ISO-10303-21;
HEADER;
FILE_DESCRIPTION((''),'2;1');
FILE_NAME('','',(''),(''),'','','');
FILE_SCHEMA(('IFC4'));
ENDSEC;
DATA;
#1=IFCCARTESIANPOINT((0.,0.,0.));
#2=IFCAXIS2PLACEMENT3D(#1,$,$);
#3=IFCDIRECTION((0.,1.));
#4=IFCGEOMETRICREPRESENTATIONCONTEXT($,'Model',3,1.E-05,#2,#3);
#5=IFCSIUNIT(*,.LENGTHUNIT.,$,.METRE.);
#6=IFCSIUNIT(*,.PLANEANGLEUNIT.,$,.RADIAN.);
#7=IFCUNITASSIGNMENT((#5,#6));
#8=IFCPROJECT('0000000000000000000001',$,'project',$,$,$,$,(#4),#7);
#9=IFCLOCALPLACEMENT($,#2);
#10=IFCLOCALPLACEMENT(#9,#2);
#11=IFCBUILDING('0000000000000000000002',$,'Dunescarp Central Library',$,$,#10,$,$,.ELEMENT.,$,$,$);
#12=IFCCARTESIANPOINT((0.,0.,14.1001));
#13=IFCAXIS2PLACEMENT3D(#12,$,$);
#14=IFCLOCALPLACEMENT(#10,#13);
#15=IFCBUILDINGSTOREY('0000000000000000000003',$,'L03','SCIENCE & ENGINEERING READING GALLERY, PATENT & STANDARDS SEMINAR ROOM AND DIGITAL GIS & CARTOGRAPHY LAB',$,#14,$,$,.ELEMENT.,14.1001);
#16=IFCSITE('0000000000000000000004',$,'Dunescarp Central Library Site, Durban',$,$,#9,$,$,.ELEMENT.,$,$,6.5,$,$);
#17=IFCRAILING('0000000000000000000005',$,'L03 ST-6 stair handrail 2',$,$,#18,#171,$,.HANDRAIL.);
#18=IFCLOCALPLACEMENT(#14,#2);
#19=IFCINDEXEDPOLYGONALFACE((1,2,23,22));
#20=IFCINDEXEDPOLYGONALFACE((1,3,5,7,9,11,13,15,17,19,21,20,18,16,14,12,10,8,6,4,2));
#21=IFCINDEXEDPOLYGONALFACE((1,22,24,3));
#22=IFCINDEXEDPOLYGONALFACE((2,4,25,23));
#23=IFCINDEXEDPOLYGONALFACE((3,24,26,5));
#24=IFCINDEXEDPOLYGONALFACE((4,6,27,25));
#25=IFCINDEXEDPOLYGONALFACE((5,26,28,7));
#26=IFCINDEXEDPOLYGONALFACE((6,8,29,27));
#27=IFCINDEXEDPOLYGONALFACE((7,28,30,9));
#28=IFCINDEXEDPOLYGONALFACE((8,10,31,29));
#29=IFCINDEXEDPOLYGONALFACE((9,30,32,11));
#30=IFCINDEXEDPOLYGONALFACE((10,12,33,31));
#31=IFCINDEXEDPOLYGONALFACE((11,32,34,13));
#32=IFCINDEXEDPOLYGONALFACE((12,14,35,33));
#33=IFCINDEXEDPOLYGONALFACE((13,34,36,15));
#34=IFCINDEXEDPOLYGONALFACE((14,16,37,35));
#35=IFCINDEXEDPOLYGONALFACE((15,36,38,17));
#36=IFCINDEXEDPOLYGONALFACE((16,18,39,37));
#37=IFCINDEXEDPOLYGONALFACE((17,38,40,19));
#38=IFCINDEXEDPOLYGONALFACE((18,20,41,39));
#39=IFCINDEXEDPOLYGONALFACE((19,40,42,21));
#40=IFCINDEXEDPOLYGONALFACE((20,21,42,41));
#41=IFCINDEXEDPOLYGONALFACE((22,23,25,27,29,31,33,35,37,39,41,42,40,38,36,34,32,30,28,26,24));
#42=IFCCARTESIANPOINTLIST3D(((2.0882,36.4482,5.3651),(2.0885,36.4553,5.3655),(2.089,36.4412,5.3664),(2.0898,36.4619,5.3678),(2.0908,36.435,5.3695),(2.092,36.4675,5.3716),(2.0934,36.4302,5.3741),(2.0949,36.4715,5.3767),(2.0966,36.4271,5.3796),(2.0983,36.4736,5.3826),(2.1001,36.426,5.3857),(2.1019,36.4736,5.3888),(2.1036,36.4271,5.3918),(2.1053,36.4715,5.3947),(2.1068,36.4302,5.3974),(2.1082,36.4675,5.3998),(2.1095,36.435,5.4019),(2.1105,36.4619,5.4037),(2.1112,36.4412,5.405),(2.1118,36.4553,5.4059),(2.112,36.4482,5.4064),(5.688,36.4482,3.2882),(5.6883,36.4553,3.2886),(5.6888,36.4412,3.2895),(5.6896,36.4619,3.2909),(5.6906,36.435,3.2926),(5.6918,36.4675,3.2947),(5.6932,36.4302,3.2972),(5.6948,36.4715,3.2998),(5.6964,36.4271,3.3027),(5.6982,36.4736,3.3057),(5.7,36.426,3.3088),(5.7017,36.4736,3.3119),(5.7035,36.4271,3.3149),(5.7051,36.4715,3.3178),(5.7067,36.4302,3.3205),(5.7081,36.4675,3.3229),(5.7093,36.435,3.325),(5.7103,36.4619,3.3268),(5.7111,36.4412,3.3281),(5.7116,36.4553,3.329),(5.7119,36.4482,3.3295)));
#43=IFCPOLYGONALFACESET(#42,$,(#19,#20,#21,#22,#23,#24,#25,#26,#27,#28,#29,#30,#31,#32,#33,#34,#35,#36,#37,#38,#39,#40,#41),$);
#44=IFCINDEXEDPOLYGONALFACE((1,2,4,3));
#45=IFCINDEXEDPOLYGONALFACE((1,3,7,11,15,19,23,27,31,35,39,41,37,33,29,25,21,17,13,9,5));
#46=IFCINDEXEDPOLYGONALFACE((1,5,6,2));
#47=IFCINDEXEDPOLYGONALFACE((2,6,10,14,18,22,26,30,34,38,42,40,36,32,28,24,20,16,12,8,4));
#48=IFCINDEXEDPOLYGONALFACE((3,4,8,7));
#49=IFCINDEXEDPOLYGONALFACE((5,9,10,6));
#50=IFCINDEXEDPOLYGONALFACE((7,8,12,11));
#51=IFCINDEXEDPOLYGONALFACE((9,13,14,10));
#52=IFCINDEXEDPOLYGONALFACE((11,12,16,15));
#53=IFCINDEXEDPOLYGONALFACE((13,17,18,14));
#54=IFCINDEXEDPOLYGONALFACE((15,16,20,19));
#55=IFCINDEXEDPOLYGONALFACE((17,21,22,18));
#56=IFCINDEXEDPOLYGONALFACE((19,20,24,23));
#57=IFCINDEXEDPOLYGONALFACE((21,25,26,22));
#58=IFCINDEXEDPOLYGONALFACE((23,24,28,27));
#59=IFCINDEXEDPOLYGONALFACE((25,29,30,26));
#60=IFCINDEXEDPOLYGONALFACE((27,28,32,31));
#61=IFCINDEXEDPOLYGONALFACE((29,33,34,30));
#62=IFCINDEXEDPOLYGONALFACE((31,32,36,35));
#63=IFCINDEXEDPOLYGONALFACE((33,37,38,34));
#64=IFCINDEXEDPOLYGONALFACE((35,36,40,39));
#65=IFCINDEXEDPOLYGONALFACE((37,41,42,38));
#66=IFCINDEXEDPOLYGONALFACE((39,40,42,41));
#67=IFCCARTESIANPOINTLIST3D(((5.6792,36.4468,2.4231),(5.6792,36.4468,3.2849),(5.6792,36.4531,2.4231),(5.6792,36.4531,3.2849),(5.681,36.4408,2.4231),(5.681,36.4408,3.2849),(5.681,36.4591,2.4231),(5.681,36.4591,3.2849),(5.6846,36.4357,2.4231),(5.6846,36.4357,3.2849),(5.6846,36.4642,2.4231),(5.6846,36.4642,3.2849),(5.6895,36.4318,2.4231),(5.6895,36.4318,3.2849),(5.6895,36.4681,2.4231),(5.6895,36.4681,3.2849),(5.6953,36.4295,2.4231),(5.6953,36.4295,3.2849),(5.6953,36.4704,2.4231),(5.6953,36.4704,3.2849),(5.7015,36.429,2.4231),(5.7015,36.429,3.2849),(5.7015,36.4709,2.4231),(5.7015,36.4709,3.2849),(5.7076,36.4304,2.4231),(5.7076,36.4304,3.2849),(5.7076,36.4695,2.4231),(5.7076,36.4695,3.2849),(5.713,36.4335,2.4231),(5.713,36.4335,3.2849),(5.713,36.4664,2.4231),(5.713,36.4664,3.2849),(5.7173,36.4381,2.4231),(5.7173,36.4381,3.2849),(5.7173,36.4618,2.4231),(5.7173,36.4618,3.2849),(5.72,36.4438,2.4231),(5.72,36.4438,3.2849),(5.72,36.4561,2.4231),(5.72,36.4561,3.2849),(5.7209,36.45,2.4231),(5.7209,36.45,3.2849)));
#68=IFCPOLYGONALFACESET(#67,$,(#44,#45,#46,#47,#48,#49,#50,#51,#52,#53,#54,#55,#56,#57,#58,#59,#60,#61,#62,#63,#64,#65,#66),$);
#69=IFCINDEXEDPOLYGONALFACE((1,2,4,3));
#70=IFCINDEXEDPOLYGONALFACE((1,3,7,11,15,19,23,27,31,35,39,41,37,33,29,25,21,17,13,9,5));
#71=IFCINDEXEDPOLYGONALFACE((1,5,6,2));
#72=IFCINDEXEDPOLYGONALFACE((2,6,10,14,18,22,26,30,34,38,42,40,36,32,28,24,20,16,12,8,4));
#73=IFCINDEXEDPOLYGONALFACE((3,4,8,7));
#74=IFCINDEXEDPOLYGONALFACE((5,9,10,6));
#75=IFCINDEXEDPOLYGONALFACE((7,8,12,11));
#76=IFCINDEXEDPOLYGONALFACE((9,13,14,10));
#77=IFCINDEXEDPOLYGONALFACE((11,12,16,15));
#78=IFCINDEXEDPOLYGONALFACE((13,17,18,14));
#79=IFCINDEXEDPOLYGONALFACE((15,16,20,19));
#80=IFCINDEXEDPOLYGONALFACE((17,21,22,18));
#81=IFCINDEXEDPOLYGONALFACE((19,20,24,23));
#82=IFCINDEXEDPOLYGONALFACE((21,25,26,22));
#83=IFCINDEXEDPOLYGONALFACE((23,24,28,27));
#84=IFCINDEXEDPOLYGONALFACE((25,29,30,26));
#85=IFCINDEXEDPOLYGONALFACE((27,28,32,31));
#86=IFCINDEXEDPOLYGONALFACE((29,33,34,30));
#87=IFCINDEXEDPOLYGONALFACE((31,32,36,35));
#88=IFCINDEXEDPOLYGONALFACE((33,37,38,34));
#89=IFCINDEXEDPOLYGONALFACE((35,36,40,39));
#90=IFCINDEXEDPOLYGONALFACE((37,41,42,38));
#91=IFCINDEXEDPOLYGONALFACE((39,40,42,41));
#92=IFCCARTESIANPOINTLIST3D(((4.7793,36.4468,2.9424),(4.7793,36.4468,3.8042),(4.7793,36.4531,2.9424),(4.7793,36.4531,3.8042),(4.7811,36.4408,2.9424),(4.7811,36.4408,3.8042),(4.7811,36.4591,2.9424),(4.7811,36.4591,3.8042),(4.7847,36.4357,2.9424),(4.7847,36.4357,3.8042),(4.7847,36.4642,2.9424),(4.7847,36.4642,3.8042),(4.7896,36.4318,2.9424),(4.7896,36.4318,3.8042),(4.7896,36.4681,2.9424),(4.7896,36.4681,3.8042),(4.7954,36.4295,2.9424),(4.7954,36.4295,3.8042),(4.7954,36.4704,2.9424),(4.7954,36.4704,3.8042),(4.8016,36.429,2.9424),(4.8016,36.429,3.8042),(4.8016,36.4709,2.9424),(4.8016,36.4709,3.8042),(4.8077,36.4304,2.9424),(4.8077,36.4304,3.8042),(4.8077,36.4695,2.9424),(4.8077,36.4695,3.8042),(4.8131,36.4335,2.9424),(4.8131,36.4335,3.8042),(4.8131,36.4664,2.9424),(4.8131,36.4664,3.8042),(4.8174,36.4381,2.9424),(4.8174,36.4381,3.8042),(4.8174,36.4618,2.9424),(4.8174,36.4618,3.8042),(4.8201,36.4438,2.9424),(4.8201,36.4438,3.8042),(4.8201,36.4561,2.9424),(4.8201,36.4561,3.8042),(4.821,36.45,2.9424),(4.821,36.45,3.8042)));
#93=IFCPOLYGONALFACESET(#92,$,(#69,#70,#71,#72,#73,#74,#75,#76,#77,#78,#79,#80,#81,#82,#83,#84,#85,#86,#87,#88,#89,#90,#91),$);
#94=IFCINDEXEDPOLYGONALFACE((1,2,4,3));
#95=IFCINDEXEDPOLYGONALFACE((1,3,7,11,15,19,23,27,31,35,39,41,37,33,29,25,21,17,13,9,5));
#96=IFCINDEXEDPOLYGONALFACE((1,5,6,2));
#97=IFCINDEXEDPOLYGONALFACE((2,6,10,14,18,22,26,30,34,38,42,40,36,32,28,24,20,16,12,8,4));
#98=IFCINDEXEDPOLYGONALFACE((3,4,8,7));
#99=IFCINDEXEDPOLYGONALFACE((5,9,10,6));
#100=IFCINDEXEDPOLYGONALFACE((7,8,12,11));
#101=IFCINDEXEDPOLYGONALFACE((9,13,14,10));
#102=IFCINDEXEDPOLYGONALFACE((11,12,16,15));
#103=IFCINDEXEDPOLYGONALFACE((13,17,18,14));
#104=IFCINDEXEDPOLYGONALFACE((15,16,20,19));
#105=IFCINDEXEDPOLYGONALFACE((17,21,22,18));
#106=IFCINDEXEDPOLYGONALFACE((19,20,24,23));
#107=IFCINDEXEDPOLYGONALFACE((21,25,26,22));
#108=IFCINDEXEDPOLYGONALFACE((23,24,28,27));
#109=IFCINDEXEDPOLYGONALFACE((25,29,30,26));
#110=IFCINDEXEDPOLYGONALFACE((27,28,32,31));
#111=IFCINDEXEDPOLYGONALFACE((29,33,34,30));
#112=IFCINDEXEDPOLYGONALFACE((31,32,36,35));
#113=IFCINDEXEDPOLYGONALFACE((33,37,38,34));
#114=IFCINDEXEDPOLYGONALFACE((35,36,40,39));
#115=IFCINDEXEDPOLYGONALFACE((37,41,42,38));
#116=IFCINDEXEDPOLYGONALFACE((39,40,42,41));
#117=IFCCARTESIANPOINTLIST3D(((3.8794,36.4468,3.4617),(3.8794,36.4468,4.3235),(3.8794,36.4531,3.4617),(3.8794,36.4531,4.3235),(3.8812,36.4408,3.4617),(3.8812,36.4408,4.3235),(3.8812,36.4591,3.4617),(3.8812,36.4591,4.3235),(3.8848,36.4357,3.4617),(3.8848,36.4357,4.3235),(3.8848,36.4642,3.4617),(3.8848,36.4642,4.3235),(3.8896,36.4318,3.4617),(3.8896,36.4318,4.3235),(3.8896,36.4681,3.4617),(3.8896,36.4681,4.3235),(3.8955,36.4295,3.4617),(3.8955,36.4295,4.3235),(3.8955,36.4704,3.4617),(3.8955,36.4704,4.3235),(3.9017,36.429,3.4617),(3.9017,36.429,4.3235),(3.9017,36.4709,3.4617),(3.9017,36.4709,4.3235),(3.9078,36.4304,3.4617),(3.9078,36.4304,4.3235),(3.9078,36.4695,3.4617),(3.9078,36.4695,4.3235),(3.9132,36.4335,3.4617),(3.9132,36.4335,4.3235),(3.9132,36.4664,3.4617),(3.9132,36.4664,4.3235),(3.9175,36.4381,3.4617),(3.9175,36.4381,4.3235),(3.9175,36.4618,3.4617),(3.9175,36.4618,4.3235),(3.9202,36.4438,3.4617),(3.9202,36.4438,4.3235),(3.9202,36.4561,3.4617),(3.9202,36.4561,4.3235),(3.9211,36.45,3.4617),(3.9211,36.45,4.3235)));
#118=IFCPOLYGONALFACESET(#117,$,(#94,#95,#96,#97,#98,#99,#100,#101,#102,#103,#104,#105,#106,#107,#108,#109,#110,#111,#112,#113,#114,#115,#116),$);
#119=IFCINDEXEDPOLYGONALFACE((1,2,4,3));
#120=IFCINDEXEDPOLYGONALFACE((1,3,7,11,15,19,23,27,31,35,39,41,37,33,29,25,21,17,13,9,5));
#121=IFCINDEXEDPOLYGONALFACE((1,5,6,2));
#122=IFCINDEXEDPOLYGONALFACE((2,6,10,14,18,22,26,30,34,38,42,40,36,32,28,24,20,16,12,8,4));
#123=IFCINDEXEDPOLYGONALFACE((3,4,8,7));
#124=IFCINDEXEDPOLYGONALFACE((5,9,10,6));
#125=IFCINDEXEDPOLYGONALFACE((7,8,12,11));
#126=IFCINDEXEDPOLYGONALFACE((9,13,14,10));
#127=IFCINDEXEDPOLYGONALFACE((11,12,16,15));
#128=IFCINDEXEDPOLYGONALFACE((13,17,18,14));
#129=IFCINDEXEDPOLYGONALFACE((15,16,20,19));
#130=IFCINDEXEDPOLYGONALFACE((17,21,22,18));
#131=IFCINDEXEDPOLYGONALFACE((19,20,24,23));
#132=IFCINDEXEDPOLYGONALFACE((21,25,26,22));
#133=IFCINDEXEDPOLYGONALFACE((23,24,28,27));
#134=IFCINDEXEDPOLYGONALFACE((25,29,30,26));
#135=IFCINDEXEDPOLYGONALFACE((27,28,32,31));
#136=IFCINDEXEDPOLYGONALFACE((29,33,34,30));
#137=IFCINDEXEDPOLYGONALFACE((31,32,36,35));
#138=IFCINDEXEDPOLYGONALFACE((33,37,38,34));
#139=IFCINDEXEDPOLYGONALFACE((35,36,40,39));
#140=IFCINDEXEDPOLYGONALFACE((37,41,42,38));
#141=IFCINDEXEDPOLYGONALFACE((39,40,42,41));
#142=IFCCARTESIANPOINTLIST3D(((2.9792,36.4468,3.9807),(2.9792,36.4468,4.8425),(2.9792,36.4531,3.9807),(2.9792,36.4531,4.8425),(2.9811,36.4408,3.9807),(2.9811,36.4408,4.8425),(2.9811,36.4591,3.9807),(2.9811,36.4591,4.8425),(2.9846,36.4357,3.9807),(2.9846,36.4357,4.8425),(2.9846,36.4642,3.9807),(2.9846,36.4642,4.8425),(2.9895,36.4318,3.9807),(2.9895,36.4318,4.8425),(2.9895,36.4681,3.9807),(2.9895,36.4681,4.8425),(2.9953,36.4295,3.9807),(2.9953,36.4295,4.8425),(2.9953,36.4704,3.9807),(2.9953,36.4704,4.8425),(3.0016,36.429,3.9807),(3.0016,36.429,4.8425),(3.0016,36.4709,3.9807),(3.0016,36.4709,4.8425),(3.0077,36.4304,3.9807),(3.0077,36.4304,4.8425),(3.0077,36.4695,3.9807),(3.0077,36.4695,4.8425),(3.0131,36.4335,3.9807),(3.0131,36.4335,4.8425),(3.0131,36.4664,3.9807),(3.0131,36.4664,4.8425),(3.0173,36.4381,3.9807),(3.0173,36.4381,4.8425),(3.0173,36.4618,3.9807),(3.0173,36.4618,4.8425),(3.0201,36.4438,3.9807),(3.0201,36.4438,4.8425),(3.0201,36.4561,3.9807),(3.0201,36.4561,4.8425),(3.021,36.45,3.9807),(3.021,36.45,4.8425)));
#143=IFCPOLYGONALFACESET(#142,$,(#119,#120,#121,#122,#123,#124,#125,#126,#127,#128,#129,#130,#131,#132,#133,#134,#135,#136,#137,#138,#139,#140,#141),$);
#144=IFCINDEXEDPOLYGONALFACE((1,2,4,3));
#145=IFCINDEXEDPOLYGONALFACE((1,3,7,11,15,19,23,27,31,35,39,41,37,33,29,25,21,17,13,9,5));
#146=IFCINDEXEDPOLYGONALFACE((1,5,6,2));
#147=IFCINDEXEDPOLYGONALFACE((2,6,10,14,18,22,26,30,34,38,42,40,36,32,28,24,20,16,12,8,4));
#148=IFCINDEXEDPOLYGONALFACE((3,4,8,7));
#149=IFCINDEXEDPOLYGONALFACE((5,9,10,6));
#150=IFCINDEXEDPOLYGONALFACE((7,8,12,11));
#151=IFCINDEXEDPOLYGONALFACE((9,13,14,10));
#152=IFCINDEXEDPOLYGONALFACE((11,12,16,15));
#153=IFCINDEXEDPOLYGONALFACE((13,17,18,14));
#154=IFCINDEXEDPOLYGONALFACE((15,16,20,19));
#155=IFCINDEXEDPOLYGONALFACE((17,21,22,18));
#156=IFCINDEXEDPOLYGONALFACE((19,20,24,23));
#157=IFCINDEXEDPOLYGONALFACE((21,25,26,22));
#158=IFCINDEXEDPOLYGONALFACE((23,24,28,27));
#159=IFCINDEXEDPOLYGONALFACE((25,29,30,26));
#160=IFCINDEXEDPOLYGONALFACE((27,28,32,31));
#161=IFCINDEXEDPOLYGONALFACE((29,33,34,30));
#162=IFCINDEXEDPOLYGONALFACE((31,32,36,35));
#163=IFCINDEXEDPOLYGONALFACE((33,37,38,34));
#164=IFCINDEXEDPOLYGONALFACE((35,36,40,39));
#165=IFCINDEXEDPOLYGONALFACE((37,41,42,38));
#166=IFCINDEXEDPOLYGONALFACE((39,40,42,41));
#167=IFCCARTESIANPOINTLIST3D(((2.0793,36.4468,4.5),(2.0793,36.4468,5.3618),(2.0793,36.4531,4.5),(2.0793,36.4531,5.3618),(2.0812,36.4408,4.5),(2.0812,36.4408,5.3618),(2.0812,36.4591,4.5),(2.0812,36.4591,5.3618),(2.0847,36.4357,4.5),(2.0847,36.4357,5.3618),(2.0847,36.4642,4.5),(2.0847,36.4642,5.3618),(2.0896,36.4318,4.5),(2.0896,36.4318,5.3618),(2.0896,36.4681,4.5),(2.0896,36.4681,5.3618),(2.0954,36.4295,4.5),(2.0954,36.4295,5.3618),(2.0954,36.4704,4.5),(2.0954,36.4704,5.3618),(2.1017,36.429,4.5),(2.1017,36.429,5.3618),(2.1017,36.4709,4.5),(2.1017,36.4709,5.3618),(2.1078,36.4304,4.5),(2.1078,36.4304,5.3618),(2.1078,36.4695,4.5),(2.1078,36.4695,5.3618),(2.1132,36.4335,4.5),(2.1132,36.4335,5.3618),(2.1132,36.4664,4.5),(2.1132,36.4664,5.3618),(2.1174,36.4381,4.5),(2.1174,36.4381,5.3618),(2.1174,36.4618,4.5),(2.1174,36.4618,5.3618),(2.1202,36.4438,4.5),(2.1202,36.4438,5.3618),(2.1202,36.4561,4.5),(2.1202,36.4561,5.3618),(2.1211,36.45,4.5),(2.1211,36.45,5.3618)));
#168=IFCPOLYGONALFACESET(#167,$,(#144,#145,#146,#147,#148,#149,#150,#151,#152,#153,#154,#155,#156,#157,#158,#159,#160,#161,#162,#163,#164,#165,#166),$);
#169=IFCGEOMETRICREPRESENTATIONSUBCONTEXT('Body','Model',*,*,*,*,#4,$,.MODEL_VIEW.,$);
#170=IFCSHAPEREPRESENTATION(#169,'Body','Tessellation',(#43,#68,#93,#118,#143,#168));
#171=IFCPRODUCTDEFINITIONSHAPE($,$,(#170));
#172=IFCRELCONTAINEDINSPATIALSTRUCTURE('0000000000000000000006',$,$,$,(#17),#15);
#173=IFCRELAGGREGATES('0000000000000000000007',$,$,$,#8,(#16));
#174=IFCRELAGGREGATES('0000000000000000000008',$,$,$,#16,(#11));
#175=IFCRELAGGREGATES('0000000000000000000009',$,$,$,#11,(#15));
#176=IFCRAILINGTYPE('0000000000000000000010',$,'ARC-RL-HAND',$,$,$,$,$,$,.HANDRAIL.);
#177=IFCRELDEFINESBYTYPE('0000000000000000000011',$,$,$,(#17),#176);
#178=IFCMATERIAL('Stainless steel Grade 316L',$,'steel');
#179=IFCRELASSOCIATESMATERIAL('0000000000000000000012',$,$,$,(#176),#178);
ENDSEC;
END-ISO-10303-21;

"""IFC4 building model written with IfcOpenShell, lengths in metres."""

from ifc_helpers import new_model, si_unit, direction, frame, origin, origin_2d, place, context, subcontext, project, spatial, circle, extrude, material, type_object, element, save


model = new_model("IFC4")

# Units and contexts
model_context = context("Model", 3, precision=1e-05, world=origin(), true_north=direction((0.0, 1.0)))
body_context = subcontext(model_context, "Body", "Model", "MODEL_VIEW")
ifc_project = project(units=[si_unit("LENGTHUNIT", "METRE"), si_unit("PLANEANGLEUNIT", "RADIAN")], contexts=[model_context])

# Site, building, storey
site_placement = place(None, origin())
site = spatial("IfcSite", under=ifc_project, at=site_placement, Name="Dunescarp Central Library Site, Durban", CompositionType="ELEMENT", RefElevation=6.5)
building_placement = place(site_placement, origin())
building = spatial("IfcBuilding", under=site, at=building_placement, Name="Dunescarp Central Library", CompositionType="ELEMENT")
storey_placement = place(building_placement, frame((0.0, 0.0, 14.1001)))
storey = spatial("IfcBuildingStorey", under=building, at=storey_placement, Name="L03", Description="SCIENCE & ENGINEERING READING GALLERY, PATENT & STANDARDS SEMINAR ROOM AND DIGITAL GIS & CARTOGRAPHY LAB", CompositionType="ELEMENT", Elevation=14.1001)

# Railing
ifc_material_1 = material(Name="Stainless steel Grade 316L", Category="steel")
railing_type_1 = type_object("IfcRailingType", Name="ARC-RL-HAND", PredefinedType="HANDRAIL", material=ifc_material_1)
railing_1_placement = place(storey_placement, frame((5.7, 36.45, 2.4231)))
element("IfcRailing", 1, at=railing_1_placement, inside=storey, type_object=railing_type_1, Name="L03 ST-6 stair handrail 2", PredefinedType="HANDRAIL", context=body_context, shape_type="SweptSolid", body=[
    extrude(circle(Radius=0.0239, at=origin_2d()), frame((0.0, 0.0, 0.8857), z_axis=(-0.866179, 0.0, 0.499734), x_axis=(0.0, -1.0, 0.0)), (0.0, 0.0, 1.0), 4.156),
    extrude(circle(Radius=0.021, at=origin_2d()), origin(), (0.0, 0.0, 1.0), 0.8618),
    extrude(circle(Radius=0.021, at=origin_2d()), frame((-0.8999, 0.0, 0.5193)), (0.0, 0.0, 1.0), 0.8618),
    extrude(circle(Radius=0.021, at=origin_2d()), frame((-1.7998, 0.0, 1.0386)), (0.0, 0.0, 1.0), 0.8618),
    extrude(circle(Radius=0.021, at=origin_2d()), frame((-2.7, 0.0, 1.5576)), (0.0, 0.0, 1.0), 0.8618),
    extrude(circle(Radius=0.021, at=origin_2d()), frame((-3.5999, 0.0, 2.0769)), (0.0, 0.0, 1.0), 0.8618),
])

save(model, "model.ifc")
